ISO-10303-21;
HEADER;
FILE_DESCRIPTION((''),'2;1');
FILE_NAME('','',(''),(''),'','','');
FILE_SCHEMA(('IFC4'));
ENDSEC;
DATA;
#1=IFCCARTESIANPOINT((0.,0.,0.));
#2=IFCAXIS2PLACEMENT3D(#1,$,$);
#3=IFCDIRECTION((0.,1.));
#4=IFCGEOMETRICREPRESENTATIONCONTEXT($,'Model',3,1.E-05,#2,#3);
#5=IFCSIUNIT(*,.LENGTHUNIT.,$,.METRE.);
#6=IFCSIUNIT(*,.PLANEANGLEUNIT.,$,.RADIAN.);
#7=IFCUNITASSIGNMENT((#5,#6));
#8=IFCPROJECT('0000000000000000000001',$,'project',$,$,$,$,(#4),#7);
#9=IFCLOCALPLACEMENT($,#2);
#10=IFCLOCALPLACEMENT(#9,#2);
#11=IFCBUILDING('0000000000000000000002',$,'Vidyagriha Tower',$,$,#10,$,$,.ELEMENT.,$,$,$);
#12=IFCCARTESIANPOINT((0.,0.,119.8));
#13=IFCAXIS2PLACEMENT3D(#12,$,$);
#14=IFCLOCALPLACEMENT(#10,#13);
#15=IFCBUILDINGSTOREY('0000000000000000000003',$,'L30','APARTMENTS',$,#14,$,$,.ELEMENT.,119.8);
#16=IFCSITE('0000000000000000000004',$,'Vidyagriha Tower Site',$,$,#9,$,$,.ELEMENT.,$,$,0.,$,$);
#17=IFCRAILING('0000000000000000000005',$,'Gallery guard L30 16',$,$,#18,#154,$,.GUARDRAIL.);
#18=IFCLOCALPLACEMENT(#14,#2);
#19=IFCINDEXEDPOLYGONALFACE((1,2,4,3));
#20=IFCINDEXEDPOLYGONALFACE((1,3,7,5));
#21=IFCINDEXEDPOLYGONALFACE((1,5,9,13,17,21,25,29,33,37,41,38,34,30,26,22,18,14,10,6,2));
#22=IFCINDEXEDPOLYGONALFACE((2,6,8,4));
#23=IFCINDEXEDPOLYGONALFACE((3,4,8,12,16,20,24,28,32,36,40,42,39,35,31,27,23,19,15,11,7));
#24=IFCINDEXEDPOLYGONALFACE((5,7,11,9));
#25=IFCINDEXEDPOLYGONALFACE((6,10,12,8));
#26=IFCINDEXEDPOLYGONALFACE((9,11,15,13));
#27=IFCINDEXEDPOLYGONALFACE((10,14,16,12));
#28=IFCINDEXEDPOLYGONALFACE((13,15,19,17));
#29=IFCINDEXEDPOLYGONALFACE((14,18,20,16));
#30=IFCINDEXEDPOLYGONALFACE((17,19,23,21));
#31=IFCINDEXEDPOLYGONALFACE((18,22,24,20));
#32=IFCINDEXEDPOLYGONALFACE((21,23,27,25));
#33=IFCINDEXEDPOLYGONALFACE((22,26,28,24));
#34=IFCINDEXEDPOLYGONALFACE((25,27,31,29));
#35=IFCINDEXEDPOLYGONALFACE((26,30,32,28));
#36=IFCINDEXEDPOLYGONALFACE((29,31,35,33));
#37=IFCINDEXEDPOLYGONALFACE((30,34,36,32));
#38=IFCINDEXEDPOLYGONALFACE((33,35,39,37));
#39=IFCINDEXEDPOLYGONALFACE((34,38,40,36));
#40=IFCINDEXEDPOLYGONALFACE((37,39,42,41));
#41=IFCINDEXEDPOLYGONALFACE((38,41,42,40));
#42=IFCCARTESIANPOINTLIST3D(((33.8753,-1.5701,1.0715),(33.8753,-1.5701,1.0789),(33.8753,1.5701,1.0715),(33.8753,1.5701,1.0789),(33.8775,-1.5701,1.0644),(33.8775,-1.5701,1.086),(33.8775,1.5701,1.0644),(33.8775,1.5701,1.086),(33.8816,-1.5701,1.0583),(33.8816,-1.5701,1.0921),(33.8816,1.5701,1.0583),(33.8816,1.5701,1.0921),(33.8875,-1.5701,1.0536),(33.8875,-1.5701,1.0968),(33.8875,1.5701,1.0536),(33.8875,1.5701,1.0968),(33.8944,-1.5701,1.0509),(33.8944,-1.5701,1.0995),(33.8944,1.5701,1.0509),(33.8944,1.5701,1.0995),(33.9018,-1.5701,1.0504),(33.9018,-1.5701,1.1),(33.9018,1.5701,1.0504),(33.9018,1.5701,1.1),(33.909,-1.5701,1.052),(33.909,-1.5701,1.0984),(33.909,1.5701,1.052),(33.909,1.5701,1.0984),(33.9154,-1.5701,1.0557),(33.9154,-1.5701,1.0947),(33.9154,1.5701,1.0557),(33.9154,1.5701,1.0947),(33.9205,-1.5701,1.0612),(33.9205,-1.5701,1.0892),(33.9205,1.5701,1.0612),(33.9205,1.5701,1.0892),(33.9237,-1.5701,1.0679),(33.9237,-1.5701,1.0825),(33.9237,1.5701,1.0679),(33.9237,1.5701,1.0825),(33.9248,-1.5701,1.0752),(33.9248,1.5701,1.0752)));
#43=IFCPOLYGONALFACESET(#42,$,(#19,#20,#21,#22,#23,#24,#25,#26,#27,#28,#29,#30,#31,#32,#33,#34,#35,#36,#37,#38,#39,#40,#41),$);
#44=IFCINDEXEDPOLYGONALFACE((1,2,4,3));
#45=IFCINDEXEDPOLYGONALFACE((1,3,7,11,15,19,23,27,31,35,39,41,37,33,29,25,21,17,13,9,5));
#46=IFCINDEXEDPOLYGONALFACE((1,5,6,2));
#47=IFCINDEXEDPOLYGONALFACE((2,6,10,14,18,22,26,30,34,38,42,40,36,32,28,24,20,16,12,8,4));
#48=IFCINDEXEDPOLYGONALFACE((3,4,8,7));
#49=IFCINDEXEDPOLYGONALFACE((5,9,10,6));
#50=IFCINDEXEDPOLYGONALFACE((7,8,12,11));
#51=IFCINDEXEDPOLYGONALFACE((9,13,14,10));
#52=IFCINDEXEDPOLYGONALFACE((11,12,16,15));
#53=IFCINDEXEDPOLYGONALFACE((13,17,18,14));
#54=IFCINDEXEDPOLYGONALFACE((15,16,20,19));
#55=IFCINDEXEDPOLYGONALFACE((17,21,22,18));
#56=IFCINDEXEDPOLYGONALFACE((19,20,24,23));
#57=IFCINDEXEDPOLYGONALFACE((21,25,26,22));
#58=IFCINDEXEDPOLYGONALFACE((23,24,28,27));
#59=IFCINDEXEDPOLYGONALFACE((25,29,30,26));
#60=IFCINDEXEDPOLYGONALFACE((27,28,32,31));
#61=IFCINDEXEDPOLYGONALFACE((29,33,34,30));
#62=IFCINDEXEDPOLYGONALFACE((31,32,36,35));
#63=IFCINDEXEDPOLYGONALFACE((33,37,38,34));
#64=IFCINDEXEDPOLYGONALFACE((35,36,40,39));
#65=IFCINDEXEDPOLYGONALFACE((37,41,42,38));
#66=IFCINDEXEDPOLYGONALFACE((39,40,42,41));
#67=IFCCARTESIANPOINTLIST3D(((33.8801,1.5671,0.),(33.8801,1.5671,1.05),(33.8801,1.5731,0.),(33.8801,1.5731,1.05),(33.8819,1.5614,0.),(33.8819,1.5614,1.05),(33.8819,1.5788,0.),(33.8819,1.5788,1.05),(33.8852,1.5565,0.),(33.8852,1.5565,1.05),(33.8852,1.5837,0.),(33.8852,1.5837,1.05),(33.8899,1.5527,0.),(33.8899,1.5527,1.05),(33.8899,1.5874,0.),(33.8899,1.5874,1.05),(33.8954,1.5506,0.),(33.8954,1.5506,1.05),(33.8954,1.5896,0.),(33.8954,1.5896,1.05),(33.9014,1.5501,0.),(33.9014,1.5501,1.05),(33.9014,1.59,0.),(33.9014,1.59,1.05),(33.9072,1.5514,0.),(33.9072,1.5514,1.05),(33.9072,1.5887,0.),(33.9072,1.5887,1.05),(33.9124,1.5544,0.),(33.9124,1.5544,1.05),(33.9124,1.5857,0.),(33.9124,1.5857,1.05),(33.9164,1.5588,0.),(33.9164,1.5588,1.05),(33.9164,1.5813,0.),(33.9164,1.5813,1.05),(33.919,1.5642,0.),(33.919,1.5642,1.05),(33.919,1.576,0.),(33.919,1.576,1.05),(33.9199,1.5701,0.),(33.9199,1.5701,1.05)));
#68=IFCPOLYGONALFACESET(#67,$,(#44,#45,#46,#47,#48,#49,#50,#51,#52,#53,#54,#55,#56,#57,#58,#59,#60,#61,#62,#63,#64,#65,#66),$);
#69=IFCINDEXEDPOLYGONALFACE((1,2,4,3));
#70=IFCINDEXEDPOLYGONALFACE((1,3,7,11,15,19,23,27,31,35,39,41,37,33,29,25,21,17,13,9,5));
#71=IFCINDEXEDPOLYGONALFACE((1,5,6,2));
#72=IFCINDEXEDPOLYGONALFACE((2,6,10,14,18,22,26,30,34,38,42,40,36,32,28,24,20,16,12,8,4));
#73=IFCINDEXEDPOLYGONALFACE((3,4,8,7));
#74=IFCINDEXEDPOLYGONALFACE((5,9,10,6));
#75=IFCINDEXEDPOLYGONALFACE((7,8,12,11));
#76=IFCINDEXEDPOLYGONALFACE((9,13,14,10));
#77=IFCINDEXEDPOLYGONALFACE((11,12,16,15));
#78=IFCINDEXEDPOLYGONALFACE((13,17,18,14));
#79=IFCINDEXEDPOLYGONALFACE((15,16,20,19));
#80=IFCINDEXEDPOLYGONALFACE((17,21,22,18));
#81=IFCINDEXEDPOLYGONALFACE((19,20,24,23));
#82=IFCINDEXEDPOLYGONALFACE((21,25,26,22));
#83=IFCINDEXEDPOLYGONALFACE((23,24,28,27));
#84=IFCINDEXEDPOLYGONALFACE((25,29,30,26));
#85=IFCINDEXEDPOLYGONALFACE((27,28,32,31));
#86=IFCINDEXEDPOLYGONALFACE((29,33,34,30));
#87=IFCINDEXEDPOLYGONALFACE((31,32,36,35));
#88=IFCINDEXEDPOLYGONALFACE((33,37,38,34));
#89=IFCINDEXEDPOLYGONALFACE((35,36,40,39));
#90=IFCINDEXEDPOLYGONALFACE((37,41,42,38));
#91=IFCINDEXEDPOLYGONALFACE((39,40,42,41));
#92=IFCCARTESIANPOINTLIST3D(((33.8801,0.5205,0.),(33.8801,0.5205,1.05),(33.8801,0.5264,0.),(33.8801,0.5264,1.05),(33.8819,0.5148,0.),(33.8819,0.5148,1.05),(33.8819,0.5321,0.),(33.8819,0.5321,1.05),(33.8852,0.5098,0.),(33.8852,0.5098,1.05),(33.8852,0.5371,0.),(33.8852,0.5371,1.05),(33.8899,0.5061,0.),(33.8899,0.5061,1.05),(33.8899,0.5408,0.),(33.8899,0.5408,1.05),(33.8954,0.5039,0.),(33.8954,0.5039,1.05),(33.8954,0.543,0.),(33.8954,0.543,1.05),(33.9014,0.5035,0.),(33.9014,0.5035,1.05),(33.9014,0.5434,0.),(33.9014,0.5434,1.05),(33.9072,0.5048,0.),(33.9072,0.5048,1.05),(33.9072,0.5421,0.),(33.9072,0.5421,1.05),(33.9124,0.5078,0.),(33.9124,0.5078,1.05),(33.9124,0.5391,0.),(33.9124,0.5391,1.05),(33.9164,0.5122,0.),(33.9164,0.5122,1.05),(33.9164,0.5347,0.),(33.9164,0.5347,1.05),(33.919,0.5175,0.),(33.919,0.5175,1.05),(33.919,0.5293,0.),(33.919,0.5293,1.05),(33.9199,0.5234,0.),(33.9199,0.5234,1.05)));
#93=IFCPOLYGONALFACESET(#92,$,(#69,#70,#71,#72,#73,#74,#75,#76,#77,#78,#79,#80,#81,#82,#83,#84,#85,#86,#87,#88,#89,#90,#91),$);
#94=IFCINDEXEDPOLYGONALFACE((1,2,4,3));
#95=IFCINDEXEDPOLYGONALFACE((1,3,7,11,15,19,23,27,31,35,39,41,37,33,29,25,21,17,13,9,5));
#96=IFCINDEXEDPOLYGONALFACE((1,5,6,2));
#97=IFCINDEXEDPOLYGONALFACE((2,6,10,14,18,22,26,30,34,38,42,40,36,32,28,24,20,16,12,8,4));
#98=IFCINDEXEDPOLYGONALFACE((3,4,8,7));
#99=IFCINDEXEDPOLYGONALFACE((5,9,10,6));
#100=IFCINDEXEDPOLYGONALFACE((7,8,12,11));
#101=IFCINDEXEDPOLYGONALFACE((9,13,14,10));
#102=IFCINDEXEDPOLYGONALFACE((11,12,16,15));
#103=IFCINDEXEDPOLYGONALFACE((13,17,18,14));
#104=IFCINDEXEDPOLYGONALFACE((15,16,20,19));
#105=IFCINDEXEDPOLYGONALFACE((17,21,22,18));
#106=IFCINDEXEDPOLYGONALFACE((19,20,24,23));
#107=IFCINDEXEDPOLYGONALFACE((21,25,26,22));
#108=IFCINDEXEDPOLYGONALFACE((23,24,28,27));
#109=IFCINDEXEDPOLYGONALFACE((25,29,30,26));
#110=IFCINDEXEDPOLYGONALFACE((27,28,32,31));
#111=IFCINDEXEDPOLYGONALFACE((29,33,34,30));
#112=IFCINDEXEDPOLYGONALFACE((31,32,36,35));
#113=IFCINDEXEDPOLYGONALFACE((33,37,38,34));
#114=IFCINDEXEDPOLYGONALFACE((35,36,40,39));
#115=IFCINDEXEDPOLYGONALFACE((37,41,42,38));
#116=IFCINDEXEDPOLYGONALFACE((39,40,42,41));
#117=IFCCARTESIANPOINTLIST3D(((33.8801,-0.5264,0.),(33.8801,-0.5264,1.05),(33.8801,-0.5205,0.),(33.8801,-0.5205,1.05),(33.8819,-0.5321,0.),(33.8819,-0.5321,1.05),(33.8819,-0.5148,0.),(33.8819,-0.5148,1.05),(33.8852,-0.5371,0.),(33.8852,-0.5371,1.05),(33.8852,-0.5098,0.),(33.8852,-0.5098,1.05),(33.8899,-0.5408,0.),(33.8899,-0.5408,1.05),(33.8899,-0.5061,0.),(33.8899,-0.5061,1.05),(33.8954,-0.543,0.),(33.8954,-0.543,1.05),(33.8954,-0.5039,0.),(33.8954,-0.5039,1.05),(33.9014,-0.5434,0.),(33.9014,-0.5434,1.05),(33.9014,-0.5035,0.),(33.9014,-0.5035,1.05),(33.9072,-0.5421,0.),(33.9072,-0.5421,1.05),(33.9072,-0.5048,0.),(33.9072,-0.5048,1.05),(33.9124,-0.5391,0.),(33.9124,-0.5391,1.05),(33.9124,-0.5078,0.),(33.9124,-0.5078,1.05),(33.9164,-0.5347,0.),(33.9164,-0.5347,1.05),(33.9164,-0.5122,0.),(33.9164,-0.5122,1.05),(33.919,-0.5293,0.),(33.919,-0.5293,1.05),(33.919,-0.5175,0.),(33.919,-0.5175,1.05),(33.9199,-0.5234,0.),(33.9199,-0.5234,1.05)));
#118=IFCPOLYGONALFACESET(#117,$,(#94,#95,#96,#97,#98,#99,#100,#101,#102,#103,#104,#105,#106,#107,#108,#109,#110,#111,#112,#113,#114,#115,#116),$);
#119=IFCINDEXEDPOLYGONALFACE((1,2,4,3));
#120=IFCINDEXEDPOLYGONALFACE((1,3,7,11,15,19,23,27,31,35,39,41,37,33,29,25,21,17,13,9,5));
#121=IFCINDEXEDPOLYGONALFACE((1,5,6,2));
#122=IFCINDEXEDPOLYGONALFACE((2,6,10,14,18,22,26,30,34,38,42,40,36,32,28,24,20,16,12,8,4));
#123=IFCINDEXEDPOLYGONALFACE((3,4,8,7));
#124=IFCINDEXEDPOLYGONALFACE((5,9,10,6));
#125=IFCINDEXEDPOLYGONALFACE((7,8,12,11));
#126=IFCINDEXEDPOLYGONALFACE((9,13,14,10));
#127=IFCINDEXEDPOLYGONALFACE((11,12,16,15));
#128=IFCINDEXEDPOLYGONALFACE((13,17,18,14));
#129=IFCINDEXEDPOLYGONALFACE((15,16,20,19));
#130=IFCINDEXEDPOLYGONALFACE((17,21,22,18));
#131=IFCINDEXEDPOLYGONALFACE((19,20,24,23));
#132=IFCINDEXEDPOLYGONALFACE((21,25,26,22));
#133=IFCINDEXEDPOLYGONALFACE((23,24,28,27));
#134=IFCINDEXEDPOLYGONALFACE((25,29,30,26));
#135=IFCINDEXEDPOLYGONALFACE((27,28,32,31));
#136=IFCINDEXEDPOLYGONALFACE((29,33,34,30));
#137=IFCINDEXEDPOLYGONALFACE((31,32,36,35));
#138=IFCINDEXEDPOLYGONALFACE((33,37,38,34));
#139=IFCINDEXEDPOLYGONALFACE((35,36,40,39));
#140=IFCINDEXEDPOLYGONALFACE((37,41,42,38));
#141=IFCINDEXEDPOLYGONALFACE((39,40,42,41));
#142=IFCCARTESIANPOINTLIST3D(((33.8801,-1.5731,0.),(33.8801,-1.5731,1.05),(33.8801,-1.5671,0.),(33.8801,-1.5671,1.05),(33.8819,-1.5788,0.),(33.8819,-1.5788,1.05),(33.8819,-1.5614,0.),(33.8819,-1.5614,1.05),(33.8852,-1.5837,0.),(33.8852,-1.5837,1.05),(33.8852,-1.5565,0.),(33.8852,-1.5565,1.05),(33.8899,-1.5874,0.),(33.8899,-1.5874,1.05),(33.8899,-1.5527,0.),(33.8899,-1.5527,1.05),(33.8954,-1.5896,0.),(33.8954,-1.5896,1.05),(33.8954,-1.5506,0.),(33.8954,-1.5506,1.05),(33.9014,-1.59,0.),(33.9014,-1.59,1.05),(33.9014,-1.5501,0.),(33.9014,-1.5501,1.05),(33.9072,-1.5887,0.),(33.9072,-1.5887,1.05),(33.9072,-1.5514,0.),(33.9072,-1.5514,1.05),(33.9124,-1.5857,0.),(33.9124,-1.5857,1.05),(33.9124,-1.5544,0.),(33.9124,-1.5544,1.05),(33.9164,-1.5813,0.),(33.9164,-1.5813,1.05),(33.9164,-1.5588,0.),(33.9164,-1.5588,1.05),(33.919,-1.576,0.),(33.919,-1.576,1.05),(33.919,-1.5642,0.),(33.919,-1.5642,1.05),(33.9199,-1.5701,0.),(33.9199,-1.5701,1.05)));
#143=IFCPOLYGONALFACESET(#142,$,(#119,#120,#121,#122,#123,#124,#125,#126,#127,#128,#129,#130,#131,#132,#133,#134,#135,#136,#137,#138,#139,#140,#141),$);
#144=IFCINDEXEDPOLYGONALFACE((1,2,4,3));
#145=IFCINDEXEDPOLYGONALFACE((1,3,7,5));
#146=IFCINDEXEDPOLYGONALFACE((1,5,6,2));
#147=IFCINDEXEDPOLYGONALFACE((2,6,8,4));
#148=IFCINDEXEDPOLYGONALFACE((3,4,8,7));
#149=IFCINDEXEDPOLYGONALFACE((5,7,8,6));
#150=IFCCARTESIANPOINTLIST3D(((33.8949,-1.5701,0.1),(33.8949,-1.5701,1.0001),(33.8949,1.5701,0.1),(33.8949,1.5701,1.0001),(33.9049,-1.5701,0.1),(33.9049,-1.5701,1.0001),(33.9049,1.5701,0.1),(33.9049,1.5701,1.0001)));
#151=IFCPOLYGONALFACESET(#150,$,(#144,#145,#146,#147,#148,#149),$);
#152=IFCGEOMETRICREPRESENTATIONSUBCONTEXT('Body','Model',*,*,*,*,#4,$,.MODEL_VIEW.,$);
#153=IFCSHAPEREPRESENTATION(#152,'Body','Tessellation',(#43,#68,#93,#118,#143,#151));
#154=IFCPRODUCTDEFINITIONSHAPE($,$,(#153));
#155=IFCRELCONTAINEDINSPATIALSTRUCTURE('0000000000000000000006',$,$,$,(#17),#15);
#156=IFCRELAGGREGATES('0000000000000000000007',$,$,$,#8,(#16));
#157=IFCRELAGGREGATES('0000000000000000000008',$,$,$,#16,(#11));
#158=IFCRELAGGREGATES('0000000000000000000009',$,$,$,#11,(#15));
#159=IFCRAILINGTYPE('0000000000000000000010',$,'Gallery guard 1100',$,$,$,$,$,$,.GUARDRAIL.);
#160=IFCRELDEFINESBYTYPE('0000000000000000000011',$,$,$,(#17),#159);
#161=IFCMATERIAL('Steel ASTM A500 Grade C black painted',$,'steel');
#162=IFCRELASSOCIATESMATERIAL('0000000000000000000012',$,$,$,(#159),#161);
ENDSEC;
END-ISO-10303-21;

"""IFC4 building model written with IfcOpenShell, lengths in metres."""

from ifc_helpers import new_model, si_unit, direction, frame, origin, origin_2d, place, context, subcontext, project, spatial, rectangle, circle, extrude, material, type_object, element, save


model = new_model("IFC4")

# Units and contexts
model_context = context("Model", 3, precision=1e-05, world=origin(), true_north=direction((0.0, 1.0)))
body_context = subcontext(model_context, "Body", "Model", "MODEL_VIEW")
ifc_project = project(units=[si_unit("LENGTHUNIT", "METRE"), si_unit("PLANEANGLEUNIT", "RADIAN")], contexts=[model_context])

# Site, building, storey
site_placement = place(None, origin())
site = spatial("IfcSite", under=ifc_project, at=site_placement, Name="Vidyagriha Tower Site", CompositionType="ELEMENT", RefElevation=0.0)
building_placement = place(site_placement, origin())
building = spatial("IfcBuilding", under=site, at=building_placement, Name="Vidyagriha Tower", CompositionType="ELEMENT")
storey_placement = place(building_placement, frame((0.0, 0.0, 119.8)))
storey = spatial("IfcBuildingStorey", under=building, at=storey_placement, Name="L30", Description="APARTMENTS", CompositionType="ELEMENT", Elevation=119.8)

# Railing
ifc_material_1 = material(Name="Steel ASTM A500 Grade C black painted", Category="steel")
railing_type_1 = type_object("IfcRailingType", Name="Gallery guard 1100", PredefinedType="GUARDRAIL", material=ifc_material_1)
railing_1_placement = place(storey_placement, frame((33.8999, 1.5701, 0.0)))
element("IfcRailing", 1, at=railing_1_placement, inside=storey, type_object=railing_type_1, Name="Gallery guard L30 16", PredefinedType="GUARDRAIL", context=body_context, shape_type="SweptSolid", body=[
    extrude(circle(Radius=0.0249, at=origin_2d()), frame((0.0, 0.0, 1.0752), z_axis=(0.0, -1.0, 0.0), x_axis=(1.0, 0.0, 0.0)), (0.0, 0.0, 1.0), 3.1401),
    extrude(circle(Radius=0.02, at=origin_2d()), origin(), (0.0, 0.0, 1.0), 1.05),
    extrude(circle(Radius=0.02, at=origin_2d()), frame((0.0, -1.0466, 0.0)), (0.0, 0.0, 1.0), 1.05),
    extrude(circle(Radius=0.02, at=origin_2d()), frame((0.0, -2.0935, 0.0)), (0.0, 0.0, 1.0), 1.05),
    extrude(circle(Radius=0.02, at=origin_2d()), frame((0.0, -3.1401, 0.0)), (0.0, 0.0, 1.0), 1.05),
    extrude(rectangle(XDim=0.01, YDim=0.9001, at=origin_2d()), frame((0.0, 0.0, 0.55), z_axis=(0.0, -1.0, 0.0), x_axis=(1.0, 0.0, 0.0)), (0.0, 0.0, 1.0), 3.1401),
])

save(model, "model.ifc")
